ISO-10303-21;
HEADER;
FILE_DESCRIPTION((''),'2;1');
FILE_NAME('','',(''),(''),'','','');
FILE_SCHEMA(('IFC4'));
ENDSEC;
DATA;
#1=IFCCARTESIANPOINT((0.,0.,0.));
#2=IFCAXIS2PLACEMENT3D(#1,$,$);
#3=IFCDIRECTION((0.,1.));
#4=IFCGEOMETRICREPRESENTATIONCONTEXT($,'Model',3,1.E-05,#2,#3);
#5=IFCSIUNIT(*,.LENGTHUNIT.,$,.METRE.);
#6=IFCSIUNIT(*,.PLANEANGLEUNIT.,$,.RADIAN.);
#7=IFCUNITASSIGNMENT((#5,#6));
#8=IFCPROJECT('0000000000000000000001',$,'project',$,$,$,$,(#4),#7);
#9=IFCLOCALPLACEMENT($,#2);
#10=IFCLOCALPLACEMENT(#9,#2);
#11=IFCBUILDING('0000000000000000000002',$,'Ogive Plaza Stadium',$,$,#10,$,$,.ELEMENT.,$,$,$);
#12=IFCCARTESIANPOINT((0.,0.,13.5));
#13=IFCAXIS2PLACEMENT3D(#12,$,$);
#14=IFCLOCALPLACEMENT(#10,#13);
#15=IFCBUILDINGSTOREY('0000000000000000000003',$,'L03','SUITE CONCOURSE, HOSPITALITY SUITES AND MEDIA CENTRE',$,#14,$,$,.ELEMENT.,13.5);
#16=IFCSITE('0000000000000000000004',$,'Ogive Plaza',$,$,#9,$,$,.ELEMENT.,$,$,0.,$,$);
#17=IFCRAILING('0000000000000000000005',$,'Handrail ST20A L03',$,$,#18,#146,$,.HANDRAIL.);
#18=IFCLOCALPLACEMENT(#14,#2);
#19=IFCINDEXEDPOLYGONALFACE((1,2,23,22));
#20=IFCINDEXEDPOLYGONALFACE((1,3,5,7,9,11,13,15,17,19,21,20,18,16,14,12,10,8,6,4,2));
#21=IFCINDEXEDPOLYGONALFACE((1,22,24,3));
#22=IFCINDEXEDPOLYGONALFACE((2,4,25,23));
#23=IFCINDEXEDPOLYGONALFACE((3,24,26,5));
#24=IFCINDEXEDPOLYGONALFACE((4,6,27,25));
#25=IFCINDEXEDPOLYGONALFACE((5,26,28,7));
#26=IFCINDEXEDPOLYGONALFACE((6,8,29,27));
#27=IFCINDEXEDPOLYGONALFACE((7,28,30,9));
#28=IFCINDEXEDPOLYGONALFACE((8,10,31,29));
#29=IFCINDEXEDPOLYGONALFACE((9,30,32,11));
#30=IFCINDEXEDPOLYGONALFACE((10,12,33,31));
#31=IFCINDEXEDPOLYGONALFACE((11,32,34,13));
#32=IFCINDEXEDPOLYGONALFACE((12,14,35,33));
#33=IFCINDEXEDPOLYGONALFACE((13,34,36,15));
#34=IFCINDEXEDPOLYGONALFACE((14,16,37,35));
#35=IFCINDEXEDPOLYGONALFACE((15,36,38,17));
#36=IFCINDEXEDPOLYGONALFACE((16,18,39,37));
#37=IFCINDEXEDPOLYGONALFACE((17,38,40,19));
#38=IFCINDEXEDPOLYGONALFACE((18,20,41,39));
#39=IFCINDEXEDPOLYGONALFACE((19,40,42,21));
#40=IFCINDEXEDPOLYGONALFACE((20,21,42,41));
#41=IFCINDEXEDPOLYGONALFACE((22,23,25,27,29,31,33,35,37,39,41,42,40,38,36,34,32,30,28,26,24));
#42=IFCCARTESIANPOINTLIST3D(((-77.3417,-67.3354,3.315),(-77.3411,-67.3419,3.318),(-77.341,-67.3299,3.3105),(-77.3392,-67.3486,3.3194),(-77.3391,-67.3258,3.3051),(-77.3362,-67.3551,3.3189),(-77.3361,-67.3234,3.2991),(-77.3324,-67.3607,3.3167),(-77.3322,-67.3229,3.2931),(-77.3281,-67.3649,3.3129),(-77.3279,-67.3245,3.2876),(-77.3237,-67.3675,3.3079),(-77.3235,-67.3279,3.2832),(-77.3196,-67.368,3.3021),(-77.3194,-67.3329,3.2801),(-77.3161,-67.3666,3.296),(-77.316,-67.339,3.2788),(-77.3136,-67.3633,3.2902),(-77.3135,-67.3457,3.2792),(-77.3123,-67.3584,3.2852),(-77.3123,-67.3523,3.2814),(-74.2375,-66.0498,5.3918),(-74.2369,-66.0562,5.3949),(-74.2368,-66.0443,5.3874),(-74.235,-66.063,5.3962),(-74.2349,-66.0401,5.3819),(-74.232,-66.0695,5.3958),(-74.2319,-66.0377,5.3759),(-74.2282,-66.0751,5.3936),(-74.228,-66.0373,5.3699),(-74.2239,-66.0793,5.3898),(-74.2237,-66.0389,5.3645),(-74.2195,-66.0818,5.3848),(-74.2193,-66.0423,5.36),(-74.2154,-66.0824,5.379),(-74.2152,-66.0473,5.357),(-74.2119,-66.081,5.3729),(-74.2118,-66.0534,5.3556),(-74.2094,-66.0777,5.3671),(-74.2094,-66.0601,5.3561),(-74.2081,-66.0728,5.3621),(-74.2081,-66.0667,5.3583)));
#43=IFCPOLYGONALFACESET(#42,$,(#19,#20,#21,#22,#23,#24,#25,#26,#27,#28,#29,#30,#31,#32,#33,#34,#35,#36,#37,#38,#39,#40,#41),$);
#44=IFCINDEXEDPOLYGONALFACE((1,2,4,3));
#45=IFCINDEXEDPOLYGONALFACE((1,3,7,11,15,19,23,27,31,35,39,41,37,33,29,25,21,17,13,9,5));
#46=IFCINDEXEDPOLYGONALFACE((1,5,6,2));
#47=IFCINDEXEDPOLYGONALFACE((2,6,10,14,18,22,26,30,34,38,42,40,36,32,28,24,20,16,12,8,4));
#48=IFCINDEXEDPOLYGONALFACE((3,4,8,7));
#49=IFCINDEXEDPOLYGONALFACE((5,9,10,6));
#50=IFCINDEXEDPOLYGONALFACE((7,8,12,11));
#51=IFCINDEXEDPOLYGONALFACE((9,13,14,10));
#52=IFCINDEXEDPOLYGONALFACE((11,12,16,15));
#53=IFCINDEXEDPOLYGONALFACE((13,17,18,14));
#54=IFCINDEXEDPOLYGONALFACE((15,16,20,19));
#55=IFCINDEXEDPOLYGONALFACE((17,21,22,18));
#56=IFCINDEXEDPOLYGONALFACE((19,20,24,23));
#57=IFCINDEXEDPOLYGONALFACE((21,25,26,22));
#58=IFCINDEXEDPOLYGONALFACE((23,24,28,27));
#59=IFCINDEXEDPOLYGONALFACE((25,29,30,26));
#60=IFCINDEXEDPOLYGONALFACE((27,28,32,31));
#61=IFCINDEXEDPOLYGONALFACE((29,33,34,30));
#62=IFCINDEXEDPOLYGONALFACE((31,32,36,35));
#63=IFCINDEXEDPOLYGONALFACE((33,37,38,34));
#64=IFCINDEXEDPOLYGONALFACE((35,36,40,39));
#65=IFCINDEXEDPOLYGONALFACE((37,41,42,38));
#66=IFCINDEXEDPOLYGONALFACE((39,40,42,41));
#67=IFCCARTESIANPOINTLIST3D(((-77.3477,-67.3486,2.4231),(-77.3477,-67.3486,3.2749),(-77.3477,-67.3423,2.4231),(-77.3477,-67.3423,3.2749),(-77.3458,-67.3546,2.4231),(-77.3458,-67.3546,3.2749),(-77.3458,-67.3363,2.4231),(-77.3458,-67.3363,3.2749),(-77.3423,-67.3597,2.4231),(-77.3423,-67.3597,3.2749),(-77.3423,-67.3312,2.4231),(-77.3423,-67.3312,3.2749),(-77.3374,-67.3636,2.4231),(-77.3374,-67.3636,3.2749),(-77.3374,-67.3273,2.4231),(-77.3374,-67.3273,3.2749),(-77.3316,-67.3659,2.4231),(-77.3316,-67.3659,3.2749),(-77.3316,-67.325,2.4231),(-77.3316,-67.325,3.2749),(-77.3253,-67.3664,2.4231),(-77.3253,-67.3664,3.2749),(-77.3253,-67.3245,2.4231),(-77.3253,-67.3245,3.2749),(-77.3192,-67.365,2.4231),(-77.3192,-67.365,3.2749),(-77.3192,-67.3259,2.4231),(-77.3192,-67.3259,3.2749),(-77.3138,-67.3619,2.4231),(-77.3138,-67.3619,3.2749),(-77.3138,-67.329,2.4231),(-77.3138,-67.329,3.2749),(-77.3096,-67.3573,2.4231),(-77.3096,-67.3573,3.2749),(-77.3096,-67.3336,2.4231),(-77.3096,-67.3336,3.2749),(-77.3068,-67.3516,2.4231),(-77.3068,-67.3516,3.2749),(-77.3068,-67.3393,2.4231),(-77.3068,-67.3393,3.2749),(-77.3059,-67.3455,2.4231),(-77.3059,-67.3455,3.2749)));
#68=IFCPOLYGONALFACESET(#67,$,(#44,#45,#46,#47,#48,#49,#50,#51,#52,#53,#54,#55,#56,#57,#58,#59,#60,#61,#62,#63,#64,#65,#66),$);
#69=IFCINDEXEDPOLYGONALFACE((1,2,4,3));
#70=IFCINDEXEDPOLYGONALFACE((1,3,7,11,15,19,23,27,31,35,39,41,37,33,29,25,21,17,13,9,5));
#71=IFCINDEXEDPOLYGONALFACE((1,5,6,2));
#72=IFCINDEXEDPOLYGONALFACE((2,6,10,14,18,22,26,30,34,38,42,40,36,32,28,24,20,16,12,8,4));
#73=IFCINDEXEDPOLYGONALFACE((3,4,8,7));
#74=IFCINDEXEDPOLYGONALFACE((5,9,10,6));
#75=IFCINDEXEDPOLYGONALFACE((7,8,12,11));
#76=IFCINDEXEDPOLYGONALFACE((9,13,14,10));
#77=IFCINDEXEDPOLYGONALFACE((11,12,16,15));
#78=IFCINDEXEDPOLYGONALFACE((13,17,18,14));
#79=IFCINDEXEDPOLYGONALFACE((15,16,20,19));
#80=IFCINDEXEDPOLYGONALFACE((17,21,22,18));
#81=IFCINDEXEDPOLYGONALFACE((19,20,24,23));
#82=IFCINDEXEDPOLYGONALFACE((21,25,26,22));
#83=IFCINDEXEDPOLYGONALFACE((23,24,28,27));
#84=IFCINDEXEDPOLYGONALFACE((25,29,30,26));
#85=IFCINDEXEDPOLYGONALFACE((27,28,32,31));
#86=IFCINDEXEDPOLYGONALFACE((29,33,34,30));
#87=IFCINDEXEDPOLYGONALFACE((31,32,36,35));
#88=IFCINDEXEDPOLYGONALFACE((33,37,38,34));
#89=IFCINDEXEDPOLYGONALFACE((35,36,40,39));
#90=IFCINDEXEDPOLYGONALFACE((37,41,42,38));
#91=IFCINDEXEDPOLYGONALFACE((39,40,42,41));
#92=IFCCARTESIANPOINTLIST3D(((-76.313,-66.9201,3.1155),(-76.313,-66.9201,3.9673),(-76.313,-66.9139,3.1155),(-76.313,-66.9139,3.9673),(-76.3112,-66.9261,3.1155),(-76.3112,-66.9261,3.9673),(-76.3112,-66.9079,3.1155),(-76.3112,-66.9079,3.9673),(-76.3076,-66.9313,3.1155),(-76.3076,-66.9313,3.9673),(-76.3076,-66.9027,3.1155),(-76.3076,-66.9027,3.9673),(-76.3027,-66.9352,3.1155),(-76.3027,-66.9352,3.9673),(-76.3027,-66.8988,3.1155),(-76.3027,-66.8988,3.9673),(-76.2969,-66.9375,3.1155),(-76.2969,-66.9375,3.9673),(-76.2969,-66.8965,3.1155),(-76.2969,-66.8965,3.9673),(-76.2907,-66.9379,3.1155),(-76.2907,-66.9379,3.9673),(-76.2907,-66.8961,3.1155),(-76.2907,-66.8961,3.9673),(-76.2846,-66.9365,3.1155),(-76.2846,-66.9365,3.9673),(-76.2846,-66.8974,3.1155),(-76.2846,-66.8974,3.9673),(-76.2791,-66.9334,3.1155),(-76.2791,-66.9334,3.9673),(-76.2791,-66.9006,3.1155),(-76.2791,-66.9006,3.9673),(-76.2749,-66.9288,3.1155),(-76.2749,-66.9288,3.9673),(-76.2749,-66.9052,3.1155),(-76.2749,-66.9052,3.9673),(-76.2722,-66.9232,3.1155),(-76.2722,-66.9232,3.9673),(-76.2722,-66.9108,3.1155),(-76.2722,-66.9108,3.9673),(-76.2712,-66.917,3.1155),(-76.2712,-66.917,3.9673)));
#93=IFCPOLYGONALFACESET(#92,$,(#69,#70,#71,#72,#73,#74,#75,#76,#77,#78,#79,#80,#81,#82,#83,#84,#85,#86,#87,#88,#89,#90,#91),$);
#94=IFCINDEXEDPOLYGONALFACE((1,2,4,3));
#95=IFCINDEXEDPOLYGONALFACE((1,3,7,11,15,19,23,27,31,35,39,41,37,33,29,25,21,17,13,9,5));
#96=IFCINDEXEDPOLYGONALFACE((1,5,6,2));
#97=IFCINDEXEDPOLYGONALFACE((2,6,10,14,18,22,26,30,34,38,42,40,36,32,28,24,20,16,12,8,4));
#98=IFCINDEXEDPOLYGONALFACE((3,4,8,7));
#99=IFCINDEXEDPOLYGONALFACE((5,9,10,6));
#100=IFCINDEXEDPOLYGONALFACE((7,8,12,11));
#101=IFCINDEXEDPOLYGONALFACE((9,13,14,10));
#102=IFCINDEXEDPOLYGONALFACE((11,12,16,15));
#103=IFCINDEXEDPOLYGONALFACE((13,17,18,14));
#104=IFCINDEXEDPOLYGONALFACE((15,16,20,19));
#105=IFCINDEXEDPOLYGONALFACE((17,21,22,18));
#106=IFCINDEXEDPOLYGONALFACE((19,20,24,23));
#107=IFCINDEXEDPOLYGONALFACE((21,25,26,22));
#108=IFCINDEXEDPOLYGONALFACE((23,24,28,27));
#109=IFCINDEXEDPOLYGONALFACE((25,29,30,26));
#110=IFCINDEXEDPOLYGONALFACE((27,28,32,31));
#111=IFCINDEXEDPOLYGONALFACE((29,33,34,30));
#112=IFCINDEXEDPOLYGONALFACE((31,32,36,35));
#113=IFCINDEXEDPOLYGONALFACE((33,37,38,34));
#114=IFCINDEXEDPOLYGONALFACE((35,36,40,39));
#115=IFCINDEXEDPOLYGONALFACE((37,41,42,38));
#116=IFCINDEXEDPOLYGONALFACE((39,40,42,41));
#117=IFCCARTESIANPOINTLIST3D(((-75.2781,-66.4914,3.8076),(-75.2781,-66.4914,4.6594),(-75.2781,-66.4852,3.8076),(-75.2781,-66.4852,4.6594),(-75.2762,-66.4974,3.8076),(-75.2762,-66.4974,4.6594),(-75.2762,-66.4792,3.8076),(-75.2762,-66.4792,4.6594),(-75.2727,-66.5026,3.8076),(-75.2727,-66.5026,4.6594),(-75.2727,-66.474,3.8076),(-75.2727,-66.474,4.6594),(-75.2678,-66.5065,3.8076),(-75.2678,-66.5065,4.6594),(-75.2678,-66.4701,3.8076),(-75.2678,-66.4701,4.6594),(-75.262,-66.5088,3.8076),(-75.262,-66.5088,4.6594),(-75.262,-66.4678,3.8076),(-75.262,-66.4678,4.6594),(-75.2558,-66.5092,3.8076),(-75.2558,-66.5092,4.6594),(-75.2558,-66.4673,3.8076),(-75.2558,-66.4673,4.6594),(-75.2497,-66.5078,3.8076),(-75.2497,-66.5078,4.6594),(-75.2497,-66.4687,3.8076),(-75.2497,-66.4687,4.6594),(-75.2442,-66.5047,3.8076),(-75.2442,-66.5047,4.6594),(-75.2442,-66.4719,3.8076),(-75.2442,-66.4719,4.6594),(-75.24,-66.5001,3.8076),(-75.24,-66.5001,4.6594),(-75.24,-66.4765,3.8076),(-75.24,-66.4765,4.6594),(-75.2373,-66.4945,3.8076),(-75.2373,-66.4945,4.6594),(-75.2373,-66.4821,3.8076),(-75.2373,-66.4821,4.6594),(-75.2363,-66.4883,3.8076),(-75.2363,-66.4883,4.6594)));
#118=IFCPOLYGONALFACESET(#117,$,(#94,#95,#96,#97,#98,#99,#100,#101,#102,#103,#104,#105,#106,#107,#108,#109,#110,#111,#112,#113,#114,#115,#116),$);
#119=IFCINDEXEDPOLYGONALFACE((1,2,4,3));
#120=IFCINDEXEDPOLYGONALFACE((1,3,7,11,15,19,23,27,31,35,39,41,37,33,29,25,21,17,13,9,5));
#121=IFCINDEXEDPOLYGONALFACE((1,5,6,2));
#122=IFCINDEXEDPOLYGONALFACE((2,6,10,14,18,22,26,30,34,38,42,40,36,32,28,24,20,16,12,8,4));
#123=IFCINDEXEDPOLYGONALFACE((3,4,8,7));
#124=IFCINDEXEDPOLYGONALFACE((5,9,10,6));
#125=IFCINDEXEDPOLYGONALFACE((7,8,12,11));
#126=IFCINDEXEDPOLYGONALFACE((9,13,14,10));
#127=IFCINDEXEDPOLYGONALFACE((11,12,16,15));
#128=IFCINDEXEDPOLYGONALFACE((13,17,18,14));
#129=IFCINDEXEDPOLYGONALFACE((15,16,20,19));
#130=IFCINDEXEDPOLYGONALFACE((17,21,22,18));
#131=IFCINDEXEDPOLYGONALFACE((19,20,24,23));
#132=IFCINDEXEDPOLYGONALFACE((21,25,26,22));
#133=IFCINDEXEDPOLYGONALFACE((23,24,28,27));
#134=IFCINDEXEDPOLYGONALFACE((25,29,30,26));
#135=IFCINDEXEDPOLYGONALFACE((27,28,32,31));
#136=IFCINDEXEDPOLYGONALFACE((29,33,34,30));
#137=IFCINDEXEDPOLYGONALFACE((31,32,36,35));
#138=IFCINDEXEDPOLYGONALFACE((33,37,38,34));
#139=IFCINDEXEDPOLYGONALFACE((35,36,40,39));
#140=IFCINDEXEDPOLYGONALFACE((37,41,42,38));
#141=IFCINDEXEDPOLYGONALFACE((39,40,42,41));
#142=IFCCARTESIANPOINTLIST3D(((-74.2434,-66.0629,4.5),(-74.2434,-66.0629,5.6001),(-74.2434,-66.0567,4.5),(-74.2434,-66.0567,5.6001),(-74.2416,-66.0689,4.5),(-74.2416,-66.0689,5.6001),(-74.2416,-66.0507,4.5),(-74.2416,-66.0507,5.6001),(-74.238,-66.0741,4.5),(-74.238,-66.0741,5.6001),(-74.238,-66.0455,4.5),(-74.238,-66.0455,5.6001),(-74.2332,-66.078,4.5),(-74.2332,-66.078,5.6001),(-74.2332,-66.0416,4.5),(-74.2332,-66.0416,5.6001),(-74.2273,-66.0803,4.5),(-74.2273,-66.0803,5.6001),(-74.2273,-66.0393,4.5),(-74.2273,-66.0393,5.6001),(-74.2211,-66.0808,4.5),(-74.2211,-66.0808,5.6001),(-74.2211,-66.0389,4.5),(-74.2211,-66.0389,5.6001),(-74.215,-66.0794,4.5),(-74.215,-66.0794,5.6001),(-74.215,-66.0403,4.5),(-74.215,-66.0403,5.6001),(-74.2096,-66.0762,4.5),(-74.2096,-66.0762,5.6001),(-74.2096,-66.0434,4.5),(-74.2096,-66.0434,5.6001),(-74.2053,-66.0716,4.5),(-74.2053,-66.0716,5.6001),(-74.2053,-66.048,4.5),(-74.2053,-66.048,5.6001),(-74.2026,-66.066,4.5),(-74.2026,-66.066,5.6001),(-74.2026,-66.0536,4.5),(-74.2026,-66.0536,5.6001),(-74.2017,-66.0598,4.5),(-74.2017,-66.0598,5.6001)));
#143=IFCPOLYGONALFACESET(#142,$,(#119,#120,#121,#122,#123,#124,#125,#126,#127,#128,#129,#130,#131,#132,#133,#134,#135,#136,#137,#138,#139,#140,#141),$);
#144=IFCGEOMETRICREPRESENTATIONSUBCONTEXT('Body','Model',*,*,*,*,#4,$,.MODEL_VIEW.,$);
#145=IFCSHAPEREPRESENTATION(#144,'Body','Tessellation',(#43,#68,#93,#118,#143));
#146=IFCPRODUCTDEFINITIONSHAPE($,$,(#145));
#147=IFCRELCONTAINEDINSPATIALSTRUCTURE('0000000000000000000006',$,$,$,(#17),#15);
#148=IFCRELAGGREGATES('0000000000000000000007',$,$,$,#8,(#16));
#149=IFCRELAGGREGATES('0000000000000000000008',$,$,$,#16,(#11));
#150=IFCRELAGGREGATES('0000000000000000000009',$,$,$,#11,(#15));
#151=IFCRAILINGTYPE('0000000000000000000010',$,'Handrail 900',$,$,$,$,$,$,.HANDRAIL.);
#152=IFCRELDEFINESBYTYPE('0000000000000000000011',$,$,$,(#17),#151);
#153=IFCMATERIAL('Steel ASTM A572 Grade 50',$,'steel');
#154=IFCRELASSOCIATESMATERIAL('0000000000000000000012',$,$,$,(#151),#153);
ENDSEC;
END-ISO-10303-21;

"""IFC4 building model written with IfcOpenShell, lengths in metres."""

from ifc_helpers import new_model, si_unit, direction, frame, origin, origin_2d, place, context, subcontext, project, spatial, circle, extrude, material, type_object, element, save


model = new_model("IFC4")

# Units and contexts
model_context = context("Model", 3, precision=1e-05, world=origin(), true_north=direction((0.0, 1.0)))
body_context = subcontext(model_context, "Body", "Model", "MODEL_VIEW")
ifc_project = project(units=[si_unit("LENGTHUNIT", "METRE"), si_unit("PLANEANGLEUNIT", "RADIAN")], contexts=[model_context])

# Site, building, storey
site_placement = place(None, origin())
site = spatial("IfcSite", under=ifc_project, at=site_placement, Name="Ogive Plaza", CompositionType="ELEMENT", RefElevation=0.0)
building_placement = place(site_placement, origin())
building = spatial("IfcBuilding", under=site, at=building_placement, Name="Ogive Plaza Stadium", CompositionType="ELEMENT")
storey_placement = place(building_placement, frame((0.0, 0.0, 13.5)))
storey = spatial("IfcBuildingStorey", under=building, at=storey_placement, Name="L03", Description="SUITE CONCOURSE, HOSPITALITY SUITES AND MEDIA CENTRE", CompositionType="ELEMENT", Elevation=13.5)

# Railing
ifc_material_1 = material(Name="Steel ASTM A572 Grade 50", Category="steel")
railing_type_1 = type_object("IfcRailingType", Name="Handrail 900", PredefinedType="HANDRAIL", material=ifc_material_1)
railing_1_placement = place(storey_placement, frame((-77.3269, -67.3455, 2.4231)))
element("IfcRailing", 1, at=railing_1_placement, inside=storey, type_object=railing_type_1, Name="Handrail ST20A L03", PredefinedType="HANDRAIL", context=body_context, shape_type="SweptSolid", body=[
    extrude(circle(Radius=0.0239, at=origin_2d()), frame((0.0, 0.0, 0.876), z_axis=(0.785879, 0.325477, 0.525794), x_axis=(-0.382638, 0.923898, 0.0)), (0.0, 0.0, 1.0), 3.95),
    extrude(circle(Radius=0.021, at=origin_2d()), origin(), (0.0, 0.0, 1.0), 0.8518),
    extrude(circle(Radius=0.021, at=origin_2d()), frame((1.0347, 0.4285, 0.6924)), (0.0, 0.0, 1.0), 0.8518),
    extrude(circle(Radius=0.021, at=origin_2d()), frame((2.0696, 0.8572, 1.3845)), (0.0, 0.0, 1.0), 0.8518),
    extrude(circle(Radius=0.021, at=origin_2d()), frame((3.1042, 1.2856, 2.0769)), (0.0, 0.0, 1.0), 1.1001),
])

save(model, "model.ifc")
